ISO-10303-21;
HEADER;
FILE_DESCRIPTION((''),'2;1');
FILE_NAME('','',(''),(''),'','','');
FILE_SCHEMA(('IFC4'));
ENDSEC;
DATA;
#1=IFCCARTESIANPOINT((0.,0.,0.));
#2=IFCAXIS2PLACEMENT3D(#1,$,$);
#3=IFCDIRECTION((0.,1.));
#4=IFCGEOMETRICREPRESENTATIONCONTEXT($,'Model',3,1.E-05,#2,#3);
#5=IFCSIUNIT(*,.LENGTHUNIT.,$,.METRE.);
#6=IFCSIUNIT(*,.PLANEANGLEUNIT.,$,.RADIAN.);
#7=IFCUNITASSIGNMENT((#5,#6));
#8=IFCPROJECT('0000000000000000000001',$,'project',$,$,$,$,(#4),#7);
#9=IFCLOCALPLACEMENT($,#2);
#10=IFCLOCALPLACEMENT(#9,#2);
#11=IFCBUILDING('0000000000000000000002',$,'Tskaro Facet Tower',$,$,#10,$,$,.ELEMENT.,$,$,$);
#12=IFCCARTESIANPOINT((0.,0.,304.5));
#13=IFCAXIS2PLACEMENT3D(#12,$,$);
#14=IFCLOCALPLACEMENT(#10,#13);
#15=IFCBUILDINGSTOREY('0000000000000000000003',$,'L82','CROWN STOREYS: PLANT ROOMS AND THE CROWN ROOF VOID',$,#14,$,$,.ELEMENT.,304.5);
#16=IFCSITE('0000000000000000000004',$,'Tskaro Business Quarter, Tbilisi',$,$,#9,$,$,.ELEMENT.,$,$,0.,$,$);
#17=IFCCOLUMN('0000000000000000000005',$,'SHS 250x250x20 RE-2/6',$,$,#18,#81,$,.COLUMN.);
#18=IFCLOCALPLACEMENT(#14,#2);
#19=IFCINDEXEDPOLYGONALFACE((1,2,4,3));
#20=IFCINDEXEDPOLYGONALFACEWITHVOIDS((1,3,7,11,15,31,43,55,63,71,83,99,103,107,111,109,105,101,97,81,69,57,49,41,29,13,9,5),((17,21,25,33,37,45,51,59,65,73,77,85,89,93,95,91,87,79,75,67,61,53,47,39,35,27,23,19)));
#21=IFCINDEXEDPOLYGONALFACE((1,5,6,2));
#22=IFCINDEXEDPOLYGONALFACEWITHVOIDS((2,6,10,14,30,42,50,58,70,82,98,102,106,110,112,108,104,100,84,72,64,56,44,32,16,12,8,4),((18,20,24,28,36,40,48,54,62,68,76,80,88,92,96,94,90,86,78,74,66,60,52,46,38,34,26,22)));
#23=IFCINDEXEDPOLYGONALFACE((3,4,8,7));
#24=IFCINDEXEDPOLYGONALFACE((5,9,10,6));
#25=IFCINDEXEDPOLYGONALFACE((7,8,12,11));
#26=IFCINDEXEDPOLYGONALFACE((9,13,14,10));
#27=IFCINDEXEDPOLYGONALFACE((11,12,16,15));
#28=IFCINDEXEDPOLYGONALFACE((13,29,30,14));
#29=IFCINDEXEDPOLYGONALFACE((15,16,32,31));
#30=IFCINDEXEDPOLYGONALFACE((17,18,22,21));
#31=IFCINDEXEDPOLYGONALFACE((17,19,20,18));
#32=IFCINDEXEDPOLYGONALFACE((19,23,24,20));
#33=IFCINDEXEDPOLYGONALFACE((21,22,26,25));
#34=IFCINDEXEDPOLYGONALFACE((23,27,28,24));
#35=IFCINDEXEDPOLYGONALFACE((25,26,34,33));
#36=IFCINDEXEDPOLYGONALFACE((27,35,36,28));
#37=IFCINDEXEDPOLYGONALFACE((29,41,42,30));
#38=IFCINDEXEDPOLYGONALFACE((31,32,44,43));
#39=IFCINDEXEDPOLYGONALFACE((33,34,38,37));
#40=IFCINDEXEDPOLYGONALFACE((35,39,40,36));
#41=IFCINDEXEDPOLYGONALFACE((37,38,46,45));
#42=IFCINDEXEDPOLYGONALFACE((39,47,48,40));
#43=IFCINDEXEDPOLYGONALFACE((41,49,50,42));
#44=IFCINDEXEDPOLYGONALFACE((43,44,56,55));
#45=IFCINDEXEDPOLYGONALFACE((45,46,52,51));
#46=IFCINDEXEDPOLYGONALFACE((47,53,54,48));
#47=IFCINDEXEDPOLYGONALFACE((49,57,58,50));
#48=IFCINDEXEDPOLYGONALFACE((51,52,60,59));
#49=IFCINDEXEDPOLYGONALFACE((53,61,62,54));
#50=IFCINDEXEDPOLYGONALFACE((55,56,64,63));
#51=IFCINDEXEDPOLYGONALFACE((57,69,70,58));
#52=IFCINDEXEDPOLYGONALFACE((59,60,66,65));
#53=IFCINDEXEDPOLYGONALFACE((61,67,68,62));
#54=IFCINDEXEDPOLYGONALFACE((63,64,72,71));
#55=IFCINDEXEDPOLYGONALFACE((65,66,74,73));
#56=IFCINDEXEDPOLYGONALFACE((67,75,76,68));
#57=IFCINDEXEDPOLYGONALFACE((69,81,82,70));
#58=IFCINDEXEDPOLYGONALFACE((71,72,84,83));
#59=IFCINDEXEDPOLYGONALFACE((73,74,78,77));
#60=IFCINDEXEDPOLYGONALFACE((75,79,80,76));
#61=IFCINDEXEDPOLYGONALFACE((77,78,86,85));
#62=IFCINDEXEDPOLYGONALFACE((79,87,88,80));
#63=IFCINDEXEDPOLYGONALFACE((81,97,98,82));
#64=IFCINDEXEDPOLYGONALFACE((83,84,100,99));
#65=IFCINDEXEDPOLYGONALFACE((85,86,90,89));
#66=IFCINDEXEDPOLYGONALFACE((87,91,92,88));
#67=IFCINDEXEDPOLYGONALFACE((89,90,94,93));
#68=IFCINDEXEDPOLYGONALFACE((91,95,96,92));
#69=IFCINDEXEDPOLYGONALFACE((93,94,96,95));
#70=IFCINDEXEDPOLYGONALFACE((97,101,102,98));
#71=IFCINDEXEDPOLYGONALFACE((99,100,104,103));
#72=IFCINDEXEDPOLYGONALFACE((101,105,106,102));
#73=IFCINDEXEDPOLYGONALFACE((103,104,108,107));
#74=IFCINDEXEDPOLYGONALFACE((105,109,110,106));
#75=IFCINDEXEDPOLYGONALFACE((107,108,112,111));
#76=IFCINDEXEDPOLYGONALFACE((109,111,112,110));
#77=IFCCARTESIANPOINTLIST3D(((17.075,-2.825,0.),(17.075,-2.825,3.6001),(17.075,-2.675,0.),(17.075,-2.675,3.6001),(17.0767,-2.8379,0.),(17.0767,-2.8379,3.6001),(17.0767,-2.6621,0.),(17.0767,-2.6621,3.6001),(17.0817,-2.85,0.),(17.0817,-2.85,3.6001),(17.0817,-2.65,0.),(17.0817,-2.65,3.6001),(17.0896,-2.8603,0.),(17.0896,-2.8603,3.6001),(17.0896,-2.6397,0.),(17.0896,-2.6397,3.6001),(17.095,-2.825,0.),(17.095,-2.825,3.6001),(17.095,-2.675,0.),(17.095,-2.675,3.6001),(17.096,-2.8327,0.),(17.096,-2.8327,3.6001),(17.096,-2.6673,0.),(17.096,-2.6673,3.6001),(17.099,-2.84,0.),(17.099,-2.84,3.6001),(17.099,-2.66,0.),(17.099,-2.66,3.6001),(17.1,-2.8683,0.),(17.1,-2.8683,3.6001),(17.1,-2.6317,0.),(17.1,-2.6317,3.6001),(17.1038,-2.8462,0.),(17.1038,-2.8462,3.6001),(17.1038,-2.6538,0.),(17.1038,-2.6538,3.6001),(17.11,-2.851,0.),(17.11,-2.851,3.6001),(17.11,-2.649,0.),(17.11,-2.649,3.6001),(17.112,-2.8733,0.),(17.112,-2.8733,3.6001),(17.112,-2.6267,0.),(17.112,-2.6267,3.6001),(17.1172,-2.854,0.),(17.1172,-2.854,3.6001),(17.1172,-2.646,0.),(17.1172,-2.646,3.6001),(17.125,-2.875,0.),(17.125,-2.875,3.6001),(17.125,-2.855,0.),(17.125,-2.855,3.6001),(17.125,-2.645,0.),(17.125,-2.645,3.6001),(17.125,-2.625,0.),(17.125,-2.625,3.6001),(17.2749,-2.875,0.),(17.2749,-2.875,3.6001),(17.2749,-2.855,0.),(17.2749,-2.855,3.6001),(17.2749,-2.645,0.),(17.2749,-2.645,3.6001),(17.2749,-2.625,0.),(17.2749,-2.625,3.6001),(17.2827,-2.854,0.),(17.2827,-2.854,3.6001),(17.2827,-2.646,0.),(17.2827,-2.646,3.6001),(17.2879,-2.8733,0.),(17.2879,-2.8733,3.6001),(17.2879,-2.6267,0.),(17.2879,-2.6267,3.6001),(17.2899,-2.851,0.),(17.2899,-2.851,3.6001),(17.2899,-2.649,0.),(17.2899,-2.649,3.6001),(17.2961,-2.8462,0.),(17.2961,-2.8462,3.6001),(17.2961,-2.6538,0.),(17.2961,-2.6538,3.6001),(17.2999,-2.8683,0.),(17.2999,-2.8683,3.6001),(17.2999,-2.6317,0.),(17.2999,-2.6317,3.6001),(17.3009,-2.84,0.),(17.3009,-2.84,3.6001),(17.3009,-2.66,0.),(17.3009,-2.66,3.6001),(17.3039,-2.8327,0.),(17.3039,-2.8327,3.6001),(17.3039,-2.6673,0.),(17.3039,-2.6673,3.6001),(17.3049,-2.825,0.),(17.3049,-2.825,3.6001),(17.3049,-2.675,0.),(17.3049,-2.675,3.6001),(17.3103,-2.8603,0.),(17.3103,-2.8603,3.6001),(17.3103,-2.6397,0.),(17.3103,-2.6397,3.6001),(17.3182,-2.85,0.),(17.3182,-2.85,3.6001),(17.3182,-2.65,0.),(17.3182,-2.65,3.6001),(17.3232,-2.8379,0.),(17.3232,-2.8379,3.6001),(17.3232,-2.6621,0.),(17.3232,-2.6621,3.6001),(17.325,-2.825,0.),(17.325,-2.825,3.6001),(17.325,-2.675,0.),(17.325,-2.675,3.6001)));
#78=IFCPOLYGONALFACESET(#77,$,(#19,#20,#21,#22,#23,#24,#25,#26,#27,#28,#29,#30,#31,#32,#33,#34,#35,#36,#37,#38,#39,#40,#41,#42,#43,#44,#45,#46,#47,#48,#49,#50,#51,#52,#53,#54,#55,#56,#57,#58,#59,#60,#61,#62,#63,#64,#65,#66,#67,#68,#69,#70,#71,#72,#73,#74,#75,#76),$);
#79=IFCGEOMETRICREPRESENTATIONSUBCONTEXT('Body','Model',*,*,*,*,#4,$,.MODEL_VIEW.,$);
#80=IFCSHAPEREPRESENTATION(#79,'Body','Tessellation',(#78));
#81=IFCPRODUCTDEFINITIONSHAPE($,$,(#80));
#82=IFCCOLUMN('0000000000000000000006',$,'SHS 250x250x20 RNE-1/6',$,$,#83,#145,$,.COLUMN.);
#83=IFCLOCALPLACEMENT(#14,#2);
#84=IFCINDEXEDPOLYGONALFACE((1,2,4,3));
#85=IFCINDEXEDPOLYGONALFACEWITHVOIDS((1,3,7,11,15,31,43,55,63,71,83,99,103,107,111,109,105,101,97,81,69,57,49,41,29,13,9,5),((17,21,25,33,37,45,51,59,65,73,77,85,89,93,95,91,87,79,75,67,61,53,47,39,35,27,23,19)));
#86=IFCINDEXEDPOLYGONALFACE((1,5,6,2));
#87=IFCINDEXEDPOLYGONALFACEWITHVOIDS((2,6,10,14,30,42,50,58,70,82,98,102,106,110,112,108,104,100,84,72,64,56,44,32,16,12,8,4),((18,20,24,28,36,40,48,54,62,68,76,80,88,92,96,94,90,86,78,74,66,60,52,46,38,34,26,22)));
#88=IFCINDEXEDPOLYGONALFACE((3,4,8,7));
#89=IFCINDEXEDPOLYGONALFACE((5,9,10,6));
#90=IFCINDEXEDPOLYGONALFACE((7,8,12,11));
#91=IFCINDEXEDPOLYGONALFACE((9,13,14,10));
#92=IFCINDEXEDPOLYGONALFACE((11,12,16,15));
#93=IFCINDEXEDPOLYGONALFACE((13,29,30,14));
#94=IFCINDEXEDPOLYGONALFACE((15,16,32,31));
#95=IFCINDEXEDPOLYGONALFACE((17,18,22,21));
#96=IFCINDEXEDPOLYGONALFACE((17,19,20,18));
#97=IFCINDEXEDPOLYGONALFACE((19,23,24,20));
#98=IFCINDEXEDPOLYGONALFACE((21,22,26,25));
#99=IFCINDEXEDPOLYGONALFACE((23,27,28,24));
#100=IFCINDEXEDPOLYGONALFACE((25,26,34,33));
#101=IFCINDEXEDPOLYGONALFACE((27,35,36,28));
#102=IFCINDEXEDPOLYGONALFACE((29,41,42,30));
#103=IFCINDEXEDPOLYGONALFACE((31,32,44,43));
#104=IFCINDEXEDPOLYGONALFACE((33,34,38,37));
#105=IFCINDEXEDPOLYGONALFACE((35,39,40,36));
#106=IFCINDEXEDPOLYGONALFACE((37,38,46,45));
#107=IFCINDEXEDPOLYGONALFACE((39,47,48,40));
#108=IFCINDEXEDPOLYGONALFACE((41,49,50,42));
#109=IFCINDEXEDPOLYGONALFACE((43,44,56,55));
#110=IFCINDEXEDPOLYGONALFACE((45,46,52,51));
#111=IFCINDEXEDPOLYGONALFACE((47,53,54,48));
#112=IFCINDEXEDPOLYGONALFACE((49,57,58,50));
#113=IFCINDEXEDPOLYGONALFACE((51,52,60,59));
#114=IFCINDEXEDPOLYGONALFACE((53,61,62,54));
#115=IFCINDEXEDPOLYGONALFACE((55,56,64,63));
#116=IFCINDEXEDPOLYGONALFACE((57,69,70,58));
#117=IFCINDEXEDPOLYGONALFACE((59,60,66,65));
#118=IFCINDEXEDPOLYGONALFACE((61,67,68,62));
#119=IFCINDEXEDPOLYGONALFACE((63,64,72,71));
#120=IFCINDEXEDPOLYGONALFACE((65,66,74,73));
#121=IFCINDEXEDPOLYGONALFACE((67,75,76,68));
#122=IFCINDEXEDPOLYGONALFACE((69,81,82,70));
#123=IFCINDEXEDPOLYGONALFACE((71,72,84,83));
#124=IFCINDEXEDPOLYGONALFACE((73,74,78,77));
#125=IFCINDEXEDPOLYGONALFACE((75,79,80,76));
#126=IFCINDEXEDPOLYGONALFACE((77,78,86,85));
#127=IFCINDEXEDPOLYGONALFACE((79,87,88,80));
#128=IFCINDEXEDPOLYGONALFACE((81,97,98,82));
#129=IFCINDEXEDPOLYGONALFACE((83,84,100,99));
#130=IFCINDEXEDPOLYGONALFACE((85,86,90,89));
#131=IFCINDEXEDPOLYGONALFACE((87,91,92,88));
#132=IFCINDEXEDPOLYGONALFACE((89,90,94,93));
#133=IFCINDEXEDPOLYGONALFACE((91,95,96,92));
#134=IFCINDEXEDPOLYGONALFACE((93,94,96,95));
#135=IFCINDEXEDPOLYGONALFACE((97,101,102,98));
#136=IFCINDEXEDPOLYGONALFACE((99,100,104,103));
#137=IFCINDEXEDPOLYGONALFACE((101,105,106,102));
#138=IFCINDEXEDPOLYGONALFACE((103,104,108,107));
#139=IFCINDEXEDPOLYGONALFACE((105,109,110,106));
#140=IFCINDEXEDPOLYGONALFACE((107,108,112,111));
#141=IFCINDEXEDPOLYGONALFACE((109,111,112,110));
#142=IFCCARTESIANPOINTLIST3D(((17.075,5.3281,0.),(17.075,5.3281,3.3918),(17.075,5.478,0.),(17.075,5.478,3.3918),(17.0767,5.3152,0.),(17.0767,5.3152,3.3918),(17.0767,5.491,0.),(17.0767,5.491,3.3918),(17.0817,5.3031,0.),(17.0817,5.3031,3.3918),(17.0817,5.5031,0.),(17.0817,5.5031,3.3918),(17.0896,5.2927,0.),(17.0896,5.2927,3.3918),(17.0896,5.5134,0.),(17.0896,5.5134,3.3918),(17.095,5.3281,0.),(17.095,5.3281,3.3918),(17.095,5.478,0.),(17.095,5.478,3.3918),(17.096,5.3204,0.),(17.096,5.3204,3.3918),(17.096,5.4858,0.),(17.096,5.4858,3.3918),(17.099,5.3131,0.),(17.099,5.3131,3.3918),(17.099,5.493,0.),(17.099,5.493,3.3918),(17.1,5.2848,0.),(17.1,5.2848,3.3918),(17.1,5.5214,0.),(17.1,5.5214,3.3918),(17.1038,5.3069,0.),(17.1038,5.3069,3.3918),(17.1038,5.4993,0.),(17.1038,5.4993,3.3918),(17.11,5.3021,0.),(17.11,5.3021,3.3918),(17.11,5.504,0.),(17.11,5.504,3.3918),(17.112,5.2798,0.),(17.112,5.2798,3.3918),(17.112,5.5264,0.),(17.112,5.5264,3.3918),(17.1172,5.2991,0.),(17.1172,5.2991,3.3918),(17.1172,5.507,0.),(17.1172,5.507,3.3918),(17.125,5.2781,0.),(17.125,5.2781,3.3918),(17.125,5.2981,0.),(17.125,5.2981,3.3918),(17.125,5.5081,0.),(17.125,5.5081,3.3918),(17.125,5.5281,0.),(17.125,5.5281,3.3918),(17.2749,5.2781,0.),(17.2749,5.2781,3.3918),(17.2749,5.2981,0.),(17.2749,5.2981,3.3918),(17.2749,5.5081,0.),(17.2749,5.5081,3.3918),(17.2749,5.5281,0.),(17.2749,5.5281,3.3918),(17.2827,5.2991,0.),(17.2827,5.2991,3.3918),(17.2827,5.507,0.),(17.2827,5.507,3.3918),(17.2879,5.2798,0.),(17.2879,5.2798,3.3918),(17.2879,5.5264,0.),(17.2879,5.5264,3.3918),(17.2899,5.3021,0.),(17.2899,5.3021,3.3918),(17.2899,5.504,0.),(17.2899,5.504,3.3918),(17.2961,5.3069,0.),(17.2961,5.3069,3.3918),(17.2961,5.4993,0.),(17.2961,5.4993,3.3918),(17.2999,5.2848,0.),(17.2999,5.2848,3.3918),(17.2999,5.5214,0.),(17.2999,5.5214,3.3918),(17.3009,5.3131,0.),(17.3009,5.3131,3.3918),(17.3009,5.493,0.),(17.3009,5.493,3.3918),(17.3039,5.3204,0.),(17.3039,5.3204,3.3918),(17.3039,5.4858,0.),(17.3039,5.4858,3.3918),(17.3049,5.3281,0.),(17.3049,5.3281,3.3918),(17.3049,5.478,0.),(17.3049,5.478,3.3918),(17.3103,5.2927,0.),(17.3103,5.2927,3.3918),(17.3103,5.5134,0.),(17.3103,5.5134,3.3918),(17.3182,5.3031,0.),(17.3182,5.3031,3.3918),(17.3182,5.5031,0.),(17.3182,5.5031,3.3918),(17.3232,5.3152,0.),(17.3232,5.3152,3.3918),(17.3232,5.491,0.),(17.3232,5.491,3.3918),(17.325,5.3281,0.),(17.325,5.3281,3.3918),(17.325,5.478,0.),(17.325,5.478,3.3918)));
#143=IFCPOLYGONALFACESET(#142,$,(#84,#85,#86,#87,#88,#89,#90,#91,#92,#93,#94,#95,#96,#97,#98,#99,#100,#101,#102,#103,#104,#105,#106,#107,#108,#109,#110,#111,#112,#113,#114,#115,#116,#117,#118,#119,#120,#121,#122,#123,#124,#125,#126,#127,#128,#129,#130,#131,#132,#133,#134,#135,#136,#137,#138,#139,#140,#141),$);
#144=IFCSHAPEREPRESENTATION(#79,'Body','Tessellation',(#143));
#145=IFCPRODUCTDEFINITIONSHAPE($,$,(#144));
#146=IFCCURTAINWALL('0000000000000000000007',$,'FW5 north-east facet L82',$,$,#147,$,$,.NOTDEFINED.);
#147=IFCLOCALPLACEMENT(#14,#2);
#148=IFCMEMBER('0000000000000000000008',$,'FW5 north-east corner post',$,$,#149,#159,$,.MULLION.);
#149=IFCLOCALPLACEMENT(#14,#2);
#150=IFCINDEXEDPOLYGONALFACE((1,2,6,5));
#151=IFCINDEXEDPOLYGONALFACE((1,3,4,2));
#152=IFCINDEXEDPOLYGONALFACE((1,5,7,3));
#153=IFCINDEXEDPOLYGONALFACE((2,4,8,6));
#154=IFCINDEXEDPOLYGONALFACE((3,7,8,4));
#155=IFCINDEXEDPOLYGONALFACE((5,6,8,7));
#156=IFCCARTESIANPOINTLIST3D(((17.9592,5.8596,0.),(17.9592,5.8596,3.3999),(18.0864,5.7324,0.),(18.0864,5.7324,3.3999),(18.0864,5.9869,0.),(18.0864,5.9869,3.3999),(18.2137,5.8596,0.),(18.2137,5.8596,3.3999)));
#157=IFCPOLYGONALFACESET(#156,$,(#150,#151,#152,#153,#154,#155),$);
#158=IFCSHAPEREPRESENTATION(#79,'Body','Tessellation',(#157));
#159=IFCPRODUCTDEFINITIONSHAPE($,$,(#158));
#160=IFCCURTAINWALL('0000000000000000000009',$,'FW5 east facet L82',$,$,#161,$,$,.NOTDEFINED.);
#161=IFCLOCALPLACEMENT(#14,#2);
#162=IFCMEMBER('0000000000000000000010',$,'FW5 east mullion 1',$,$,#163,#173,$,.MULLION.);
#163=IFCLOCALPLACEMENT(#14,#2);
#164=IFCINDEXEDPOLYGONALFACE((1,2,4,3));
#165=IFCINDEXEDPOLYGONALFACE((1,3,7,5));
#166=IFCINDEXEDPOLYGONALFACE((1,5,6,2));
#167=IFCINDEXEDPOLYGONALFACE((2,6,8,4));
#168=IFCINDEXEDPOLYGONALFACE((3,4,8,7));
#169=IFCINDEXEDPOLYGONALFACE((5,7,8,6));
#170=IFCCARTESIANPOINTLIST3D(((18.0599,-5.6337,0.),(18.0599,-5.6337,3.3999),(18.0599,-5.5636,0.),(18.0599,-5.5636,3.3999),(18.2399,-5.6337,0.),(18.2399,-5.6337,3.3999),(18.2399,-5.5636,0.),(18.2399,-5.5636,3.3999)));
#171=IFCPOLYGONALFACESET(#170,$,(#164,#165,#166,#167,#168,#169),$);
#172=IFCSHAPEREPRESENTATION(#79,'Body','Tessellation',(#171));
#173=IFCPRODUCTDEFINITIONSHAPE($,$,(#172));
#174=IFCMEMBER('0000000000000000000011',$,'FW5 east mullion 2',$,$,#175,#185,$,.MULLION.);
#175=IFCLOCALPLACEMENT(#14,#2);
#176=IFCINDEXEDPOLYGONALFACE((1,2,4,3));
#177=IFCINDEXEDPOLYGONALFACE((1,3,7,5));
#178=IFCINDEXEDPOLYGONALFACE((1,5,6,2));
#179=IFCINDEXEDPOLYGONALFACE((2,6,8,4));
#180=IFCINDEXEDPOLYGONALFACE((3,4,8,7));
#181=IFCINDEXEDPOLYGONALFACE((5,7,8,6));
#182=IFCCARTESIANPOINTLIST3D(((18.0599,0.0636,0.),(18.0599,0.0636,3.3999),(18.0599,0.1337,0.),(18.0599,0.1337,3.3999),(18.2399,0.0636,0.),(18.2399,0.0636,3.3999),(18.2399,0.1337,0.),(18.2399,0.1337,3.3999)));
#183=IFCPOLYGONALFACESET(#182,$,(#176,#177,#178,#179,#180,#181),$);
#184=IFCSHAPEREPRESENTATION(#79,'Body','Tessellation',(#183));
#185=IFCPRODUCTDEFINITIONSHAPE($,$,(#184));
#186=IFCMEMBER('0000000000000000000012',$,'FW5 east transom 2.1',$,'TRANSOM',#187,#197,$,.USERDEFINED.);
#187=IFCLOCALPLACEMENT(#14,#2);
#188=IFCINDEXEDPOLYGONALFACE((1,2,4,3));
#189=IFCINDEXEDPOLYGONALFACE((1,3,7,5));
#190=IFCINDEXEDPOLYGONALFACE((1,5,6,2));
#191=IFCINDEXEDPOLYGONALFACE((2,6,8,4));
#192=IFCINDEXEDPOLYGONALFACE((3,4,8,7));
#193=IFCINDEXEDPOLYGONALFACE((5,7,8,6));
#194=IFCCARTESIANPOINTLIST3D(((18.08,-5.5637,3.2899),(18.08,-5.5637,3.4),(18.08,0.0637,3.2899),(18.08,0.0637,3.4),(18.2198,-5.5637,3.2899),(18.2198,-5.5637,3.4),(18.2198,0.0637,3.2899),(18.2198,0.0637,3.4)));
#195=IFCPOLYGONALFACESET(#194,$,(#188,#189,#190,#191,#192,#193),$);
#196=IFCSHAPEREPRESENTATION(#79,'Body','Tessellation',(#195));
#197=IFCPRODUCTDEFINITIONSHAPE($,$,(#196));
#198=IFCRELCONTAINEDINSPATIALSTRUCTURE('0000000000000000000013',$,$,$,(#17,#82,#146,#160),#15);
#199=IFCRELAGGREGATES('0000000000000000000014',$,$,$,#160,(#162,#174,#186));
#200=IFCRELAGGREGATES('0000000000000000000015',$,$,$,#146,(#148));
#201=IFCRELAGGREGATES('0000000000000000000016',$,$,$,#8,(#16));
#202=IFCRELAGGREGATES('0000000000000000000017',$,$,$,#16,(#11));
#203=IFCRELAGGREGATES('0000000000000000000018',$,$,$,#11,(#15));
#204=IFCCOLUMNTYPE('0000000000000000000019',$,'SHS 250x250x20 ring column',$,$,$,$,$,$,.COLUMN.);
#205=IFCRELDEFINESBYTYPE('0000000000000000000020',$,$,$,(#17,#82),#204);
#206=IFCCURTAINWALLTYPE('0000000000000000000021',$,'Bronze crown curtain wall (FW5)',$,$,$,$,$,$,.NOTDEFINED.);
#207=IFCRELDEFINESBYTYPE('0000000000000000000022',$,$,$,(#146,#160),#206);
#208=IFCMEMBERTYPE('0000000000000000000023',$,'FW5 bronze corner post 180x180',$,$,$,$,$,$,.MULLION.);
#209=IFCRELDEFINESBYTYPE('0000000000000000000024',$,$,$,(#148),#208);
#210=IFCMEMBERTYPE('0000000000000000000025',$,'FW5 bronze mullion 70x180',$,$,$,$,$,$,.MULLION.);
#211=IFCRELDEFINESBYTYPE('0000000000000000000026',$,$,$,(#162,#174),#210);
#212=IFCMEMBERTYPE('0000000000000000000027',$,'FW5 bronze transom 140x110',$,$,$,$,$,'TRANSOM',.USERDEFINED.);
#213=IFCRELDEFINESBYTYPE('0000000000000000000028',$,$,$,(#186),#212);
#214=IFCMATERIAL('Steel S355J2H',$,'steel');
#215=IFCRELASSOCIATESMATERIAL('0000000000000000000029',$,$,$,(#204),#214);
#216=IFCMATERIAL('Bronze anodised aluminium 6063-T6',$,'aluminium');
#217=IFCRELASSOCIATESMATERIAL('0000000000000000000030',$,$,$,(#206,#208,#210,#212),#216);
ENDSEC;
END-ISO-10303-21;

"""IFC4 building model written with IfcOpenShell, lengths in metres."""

from ifc_helpers import new_model, si_unit, direction, frame, origin, origin_2d, place, context, subcontext, project, spatial, rectangle, hollow_rectangle, extrude, material, material_profile, profile_set, type_object, element, aggregate, save


model = new_model("IFC4")

# Units and contexts
model_context = context("Model", 3, precision=1e-05, world=origin(), true_north=direction((0.0, 1.0)))
body_context = subcontext(model_context, "Body", "Model", "MODEL_VIEW")
ifc_project = project(units=[si_unit("LENGTHUNIT", "METRE"), si_unit("PLANEANGLEUNIT", "RADIAN")], contexts=[model_context])

# Site, building, storey
site_placement = place(None, origin())
site = spatial("IfcSite", under=ifc_project, at=site_placement, Name="Tskaro Business Quarter, Tbilisi", CompositionType="ELEMENT", RefElevation=0.0)
building_placement = place(site_placement, origin())
building = spatial("IfcBuilding", under=site, at=building_placement, Name="Tskaro Facet Tower", CompositionType="ELEMENT")
storey_placement = place(building_placement, frame((0.0, 0.0, 304.5)))
storey = spatial("IfcBuildingStorey", under=building, at=storey_placement, Name="L82", Description="CROWN STOREYS: PLANT ROOMS AND THE CROWN ROOF VOID", CompositionType="ELEMENT", Elevation=304.5)

# Columns
ifc_material_1 = material(Name="Steel S355J2H", Category="steel")
ifc_material_profile_1 = material_profile(ifc_material_1, hollow_rectangle(XDim=0.25, YDim=0.25, WallThickness=0.02, InnerFilletRadius=0.03, OuterFilletRadius=0.05, at=origin_2d()), Name="SHS 250x250x20")
ifc_profile_set_1 = profile_set([ifc_material_profile_1], Name="Steel S355J2H")
column_type = type_object("IfcColumnType", Name="SHS 250x250x20 ring column", PredefinedType="COLUMN", material=ifc_profile_set_1)
column_1_placement = place(storey_placement, frame((17.2, -2.75, 0.0), z_axis=(0.0, 0.0, 1.0), x_axis=(1.0, 0.0, 0.0)))
element("IfcColumn", 1, at=column_1_placement, inside=storey, type_object=column_type, Name="SHS 250x250x20 RE-2/6", PredefinedType="COLUMN", context=body_context, shape_type="SweptSolid", body=[
    extrude(hollow_rectangle(XDim=0.25, YDim=0.25, WallThickness=0.02, InnerFilletRadius=0.03, OuterFilletRadius=0.05, at=origin_2d()), origin(), (0.0, 0.0, 1.0), 3.6001),
])
column_2_placement = place(storey_placement, frame((17.2, 5.4031, 0.0), z_axis=(0.0, 0.0, 1.0), x_axis=(1.0, 0.0, 0.0)))
element("IfcColumn", 2, at=column_2_placement, inside=storey, type_object=column_type, Name="SHS 250x250x20 RNE-1/6", PredefinedType="COLUMN", context=body_context, shape_type="SweptSolid", body=[
    extrude(hollow_rectangle(XDim=0.25, YDim=0.25, WallThickness=0.02, InnerFilletRadius=0.03, OuterFilletRadius=0.05, at=origin_2d()), origin(), (0.0, 0.0, 1.0), 3.3918),
])

# Curtain wall, member
ifc_material_2 = material(Name="Bronze anodised aluminium 6063-T6", Category="aluminium")
curtain_wall_type = type_object("IfcCurtainWallType", Name="Bronze crown curtain wall (FW5)", PredefinedType="NOTDEFINED", material=ifc_material_2)
curtain_wall_1_placement = place(storey_placement, origin())
curtain_wall_1 = element("IfcCurtainWall", 3, at=curtain_wall_1_placement, inside=storey, type_object=curtain_wall_type, Name="FW5 north-east facet L82", PredefinedType="NOTDEFINED")
ifc_material_profile_2 = material_profile(ifc_material_2, rectangle(XDim=0.1799, YDim=0.1799, at=origin_2d()), Name="Corner post 180x180")
ifc_profile_set_2 = profile_set([ifc_material_profile_2], Name="Bronze anodised aluminium 6063-T6")
member_type_1 = type_object("IfcMemberType", Name="FW5 bronze corner post 180x180", PredefinedType="MULLION", material=ifc_profile_set_2)
member_1_placement = place(storey_placement, frame((18.0864, 5.8596, 0.0), z_axis=(0.0, 0.0, 1.0), x_axis=(-0.707107, 0.707107, 0.0)))
member_1 = element("IfcMember", 4, at=member_1_placement, type_object=member_type_1, Name="FW5 north-east corner post", PredefinedType="MULLION", context=body_context, shape_type="SweptSolid", body=[
    extrude(rectangle(XDim=0.1799, YDim=0.1799, at=origin_2d()), origin(), (0.0, 0.0, 1.0), 3.3999),
])

# Curtain wall, members
curtain_wall_2_placement = place(storey_placement, origin())
curtain_wall_2 = element("IfcCurtainWall", 5, at=curtain_wall_2_placement, inside=storey, type_object=curtain_wall_type, Name="FW5 east facet L82", PredefinedType="NOTDEFINED")
ifc_material_profile_3 = material_profile(ifc_material_2, rectangle(XDim=0.0701, YDim=0.1799, at=origin_2d()), Name="Mullion 70x180")
ifc_profile_set_3 = profile_set([ifc_material_profile_3], Name="Bronze anodised aluminium 6063-T6")
member_type_2 = type_object("IfcMemberType", Name="FW5 bronze mullion 70x180", PredefinedType="MULLION", material=ifc_profile_set_3)
member_2_placement = place(storey_placement, frame((18.1499, -5.5986, 0.0), z_axis=(0.0, 0.0, 1.0), x_axis=(0.0, 1.0, 0.0)))
member_2 = element("IfcMember", 6, at=member_2_placement, type_object=member_type_2, Name="FW5 east mullion 1", PredefinedType="MULLION", context=body_context, shape_type="SweptSolid", body=[
    extrude(rectangle(XDim=0.0701, YDim=0.1799, at=origin_2d()), origin(), (0.0, 0.0, 1.0), 3.3999),
])
member_3_placement = place(storey_placement, frame((18.1499, 0.0986, 0.0), z_axis=(0.0, 0.0, 1.0), x_axis=(0.0, 1.0, 0.0)))
member_3 = element("IfcMember", 7, at=member_3_placement, type_object=member_type_2, Name="FW5 east mullion 2", PredefinedType="MULLION", context=body_context, shape_type="SweptSolid", body=[
    extrude(rectangle(XDim=0.0701, YDim=0.1799, at=origin_2d()), origin(), (0.0, 0.0, 1.0), 3.3999),
])
ifc_material_profile_4 = material_profile(ifc_material_2, rectangle(XDim=0.1399, YDim=0.1101, at=origin_2d()), Name="Transom 140x110")
ifc_profile_set_4 = profile_set([ifc_material_profile_4], Name="Bronze anodised aluminium 6063-T6")
member_type_3 = type_object("IfcMemberType", Name="FW5 bronze transom 140x110", ElementType="TRANSOM", PredefinedType="USERDEFINED", material=ifc_profile_set_4)
member_4_placement = place(storey_placement, frame((18.1499, -5.5637, 3.345), z_axis=(0.0, 1.0, 0.0), x_axis=(-1.0, 0.0, 0.0)))
member_4 = element("IfcMember", 8, at=member_4_placement, type_object=member_type_3, Name="FW5 east transom 2.1", ObjectType="TRANSOM", PredefinedType="USERDEFINED", context=body_context, shape_type="SweptSolid", body=[
    extrude(rectangle(XDim=0.1399, YDim=0.1101, at=origin_2d()), origin(), (0.0, 0.0, 1.0), 5.6274),
])

aggregate(curtain_wall_2, [member_2, member_3, member_4])
aggregate(curtain_wall_1, [member_1])

save(model, "model.ifc")
